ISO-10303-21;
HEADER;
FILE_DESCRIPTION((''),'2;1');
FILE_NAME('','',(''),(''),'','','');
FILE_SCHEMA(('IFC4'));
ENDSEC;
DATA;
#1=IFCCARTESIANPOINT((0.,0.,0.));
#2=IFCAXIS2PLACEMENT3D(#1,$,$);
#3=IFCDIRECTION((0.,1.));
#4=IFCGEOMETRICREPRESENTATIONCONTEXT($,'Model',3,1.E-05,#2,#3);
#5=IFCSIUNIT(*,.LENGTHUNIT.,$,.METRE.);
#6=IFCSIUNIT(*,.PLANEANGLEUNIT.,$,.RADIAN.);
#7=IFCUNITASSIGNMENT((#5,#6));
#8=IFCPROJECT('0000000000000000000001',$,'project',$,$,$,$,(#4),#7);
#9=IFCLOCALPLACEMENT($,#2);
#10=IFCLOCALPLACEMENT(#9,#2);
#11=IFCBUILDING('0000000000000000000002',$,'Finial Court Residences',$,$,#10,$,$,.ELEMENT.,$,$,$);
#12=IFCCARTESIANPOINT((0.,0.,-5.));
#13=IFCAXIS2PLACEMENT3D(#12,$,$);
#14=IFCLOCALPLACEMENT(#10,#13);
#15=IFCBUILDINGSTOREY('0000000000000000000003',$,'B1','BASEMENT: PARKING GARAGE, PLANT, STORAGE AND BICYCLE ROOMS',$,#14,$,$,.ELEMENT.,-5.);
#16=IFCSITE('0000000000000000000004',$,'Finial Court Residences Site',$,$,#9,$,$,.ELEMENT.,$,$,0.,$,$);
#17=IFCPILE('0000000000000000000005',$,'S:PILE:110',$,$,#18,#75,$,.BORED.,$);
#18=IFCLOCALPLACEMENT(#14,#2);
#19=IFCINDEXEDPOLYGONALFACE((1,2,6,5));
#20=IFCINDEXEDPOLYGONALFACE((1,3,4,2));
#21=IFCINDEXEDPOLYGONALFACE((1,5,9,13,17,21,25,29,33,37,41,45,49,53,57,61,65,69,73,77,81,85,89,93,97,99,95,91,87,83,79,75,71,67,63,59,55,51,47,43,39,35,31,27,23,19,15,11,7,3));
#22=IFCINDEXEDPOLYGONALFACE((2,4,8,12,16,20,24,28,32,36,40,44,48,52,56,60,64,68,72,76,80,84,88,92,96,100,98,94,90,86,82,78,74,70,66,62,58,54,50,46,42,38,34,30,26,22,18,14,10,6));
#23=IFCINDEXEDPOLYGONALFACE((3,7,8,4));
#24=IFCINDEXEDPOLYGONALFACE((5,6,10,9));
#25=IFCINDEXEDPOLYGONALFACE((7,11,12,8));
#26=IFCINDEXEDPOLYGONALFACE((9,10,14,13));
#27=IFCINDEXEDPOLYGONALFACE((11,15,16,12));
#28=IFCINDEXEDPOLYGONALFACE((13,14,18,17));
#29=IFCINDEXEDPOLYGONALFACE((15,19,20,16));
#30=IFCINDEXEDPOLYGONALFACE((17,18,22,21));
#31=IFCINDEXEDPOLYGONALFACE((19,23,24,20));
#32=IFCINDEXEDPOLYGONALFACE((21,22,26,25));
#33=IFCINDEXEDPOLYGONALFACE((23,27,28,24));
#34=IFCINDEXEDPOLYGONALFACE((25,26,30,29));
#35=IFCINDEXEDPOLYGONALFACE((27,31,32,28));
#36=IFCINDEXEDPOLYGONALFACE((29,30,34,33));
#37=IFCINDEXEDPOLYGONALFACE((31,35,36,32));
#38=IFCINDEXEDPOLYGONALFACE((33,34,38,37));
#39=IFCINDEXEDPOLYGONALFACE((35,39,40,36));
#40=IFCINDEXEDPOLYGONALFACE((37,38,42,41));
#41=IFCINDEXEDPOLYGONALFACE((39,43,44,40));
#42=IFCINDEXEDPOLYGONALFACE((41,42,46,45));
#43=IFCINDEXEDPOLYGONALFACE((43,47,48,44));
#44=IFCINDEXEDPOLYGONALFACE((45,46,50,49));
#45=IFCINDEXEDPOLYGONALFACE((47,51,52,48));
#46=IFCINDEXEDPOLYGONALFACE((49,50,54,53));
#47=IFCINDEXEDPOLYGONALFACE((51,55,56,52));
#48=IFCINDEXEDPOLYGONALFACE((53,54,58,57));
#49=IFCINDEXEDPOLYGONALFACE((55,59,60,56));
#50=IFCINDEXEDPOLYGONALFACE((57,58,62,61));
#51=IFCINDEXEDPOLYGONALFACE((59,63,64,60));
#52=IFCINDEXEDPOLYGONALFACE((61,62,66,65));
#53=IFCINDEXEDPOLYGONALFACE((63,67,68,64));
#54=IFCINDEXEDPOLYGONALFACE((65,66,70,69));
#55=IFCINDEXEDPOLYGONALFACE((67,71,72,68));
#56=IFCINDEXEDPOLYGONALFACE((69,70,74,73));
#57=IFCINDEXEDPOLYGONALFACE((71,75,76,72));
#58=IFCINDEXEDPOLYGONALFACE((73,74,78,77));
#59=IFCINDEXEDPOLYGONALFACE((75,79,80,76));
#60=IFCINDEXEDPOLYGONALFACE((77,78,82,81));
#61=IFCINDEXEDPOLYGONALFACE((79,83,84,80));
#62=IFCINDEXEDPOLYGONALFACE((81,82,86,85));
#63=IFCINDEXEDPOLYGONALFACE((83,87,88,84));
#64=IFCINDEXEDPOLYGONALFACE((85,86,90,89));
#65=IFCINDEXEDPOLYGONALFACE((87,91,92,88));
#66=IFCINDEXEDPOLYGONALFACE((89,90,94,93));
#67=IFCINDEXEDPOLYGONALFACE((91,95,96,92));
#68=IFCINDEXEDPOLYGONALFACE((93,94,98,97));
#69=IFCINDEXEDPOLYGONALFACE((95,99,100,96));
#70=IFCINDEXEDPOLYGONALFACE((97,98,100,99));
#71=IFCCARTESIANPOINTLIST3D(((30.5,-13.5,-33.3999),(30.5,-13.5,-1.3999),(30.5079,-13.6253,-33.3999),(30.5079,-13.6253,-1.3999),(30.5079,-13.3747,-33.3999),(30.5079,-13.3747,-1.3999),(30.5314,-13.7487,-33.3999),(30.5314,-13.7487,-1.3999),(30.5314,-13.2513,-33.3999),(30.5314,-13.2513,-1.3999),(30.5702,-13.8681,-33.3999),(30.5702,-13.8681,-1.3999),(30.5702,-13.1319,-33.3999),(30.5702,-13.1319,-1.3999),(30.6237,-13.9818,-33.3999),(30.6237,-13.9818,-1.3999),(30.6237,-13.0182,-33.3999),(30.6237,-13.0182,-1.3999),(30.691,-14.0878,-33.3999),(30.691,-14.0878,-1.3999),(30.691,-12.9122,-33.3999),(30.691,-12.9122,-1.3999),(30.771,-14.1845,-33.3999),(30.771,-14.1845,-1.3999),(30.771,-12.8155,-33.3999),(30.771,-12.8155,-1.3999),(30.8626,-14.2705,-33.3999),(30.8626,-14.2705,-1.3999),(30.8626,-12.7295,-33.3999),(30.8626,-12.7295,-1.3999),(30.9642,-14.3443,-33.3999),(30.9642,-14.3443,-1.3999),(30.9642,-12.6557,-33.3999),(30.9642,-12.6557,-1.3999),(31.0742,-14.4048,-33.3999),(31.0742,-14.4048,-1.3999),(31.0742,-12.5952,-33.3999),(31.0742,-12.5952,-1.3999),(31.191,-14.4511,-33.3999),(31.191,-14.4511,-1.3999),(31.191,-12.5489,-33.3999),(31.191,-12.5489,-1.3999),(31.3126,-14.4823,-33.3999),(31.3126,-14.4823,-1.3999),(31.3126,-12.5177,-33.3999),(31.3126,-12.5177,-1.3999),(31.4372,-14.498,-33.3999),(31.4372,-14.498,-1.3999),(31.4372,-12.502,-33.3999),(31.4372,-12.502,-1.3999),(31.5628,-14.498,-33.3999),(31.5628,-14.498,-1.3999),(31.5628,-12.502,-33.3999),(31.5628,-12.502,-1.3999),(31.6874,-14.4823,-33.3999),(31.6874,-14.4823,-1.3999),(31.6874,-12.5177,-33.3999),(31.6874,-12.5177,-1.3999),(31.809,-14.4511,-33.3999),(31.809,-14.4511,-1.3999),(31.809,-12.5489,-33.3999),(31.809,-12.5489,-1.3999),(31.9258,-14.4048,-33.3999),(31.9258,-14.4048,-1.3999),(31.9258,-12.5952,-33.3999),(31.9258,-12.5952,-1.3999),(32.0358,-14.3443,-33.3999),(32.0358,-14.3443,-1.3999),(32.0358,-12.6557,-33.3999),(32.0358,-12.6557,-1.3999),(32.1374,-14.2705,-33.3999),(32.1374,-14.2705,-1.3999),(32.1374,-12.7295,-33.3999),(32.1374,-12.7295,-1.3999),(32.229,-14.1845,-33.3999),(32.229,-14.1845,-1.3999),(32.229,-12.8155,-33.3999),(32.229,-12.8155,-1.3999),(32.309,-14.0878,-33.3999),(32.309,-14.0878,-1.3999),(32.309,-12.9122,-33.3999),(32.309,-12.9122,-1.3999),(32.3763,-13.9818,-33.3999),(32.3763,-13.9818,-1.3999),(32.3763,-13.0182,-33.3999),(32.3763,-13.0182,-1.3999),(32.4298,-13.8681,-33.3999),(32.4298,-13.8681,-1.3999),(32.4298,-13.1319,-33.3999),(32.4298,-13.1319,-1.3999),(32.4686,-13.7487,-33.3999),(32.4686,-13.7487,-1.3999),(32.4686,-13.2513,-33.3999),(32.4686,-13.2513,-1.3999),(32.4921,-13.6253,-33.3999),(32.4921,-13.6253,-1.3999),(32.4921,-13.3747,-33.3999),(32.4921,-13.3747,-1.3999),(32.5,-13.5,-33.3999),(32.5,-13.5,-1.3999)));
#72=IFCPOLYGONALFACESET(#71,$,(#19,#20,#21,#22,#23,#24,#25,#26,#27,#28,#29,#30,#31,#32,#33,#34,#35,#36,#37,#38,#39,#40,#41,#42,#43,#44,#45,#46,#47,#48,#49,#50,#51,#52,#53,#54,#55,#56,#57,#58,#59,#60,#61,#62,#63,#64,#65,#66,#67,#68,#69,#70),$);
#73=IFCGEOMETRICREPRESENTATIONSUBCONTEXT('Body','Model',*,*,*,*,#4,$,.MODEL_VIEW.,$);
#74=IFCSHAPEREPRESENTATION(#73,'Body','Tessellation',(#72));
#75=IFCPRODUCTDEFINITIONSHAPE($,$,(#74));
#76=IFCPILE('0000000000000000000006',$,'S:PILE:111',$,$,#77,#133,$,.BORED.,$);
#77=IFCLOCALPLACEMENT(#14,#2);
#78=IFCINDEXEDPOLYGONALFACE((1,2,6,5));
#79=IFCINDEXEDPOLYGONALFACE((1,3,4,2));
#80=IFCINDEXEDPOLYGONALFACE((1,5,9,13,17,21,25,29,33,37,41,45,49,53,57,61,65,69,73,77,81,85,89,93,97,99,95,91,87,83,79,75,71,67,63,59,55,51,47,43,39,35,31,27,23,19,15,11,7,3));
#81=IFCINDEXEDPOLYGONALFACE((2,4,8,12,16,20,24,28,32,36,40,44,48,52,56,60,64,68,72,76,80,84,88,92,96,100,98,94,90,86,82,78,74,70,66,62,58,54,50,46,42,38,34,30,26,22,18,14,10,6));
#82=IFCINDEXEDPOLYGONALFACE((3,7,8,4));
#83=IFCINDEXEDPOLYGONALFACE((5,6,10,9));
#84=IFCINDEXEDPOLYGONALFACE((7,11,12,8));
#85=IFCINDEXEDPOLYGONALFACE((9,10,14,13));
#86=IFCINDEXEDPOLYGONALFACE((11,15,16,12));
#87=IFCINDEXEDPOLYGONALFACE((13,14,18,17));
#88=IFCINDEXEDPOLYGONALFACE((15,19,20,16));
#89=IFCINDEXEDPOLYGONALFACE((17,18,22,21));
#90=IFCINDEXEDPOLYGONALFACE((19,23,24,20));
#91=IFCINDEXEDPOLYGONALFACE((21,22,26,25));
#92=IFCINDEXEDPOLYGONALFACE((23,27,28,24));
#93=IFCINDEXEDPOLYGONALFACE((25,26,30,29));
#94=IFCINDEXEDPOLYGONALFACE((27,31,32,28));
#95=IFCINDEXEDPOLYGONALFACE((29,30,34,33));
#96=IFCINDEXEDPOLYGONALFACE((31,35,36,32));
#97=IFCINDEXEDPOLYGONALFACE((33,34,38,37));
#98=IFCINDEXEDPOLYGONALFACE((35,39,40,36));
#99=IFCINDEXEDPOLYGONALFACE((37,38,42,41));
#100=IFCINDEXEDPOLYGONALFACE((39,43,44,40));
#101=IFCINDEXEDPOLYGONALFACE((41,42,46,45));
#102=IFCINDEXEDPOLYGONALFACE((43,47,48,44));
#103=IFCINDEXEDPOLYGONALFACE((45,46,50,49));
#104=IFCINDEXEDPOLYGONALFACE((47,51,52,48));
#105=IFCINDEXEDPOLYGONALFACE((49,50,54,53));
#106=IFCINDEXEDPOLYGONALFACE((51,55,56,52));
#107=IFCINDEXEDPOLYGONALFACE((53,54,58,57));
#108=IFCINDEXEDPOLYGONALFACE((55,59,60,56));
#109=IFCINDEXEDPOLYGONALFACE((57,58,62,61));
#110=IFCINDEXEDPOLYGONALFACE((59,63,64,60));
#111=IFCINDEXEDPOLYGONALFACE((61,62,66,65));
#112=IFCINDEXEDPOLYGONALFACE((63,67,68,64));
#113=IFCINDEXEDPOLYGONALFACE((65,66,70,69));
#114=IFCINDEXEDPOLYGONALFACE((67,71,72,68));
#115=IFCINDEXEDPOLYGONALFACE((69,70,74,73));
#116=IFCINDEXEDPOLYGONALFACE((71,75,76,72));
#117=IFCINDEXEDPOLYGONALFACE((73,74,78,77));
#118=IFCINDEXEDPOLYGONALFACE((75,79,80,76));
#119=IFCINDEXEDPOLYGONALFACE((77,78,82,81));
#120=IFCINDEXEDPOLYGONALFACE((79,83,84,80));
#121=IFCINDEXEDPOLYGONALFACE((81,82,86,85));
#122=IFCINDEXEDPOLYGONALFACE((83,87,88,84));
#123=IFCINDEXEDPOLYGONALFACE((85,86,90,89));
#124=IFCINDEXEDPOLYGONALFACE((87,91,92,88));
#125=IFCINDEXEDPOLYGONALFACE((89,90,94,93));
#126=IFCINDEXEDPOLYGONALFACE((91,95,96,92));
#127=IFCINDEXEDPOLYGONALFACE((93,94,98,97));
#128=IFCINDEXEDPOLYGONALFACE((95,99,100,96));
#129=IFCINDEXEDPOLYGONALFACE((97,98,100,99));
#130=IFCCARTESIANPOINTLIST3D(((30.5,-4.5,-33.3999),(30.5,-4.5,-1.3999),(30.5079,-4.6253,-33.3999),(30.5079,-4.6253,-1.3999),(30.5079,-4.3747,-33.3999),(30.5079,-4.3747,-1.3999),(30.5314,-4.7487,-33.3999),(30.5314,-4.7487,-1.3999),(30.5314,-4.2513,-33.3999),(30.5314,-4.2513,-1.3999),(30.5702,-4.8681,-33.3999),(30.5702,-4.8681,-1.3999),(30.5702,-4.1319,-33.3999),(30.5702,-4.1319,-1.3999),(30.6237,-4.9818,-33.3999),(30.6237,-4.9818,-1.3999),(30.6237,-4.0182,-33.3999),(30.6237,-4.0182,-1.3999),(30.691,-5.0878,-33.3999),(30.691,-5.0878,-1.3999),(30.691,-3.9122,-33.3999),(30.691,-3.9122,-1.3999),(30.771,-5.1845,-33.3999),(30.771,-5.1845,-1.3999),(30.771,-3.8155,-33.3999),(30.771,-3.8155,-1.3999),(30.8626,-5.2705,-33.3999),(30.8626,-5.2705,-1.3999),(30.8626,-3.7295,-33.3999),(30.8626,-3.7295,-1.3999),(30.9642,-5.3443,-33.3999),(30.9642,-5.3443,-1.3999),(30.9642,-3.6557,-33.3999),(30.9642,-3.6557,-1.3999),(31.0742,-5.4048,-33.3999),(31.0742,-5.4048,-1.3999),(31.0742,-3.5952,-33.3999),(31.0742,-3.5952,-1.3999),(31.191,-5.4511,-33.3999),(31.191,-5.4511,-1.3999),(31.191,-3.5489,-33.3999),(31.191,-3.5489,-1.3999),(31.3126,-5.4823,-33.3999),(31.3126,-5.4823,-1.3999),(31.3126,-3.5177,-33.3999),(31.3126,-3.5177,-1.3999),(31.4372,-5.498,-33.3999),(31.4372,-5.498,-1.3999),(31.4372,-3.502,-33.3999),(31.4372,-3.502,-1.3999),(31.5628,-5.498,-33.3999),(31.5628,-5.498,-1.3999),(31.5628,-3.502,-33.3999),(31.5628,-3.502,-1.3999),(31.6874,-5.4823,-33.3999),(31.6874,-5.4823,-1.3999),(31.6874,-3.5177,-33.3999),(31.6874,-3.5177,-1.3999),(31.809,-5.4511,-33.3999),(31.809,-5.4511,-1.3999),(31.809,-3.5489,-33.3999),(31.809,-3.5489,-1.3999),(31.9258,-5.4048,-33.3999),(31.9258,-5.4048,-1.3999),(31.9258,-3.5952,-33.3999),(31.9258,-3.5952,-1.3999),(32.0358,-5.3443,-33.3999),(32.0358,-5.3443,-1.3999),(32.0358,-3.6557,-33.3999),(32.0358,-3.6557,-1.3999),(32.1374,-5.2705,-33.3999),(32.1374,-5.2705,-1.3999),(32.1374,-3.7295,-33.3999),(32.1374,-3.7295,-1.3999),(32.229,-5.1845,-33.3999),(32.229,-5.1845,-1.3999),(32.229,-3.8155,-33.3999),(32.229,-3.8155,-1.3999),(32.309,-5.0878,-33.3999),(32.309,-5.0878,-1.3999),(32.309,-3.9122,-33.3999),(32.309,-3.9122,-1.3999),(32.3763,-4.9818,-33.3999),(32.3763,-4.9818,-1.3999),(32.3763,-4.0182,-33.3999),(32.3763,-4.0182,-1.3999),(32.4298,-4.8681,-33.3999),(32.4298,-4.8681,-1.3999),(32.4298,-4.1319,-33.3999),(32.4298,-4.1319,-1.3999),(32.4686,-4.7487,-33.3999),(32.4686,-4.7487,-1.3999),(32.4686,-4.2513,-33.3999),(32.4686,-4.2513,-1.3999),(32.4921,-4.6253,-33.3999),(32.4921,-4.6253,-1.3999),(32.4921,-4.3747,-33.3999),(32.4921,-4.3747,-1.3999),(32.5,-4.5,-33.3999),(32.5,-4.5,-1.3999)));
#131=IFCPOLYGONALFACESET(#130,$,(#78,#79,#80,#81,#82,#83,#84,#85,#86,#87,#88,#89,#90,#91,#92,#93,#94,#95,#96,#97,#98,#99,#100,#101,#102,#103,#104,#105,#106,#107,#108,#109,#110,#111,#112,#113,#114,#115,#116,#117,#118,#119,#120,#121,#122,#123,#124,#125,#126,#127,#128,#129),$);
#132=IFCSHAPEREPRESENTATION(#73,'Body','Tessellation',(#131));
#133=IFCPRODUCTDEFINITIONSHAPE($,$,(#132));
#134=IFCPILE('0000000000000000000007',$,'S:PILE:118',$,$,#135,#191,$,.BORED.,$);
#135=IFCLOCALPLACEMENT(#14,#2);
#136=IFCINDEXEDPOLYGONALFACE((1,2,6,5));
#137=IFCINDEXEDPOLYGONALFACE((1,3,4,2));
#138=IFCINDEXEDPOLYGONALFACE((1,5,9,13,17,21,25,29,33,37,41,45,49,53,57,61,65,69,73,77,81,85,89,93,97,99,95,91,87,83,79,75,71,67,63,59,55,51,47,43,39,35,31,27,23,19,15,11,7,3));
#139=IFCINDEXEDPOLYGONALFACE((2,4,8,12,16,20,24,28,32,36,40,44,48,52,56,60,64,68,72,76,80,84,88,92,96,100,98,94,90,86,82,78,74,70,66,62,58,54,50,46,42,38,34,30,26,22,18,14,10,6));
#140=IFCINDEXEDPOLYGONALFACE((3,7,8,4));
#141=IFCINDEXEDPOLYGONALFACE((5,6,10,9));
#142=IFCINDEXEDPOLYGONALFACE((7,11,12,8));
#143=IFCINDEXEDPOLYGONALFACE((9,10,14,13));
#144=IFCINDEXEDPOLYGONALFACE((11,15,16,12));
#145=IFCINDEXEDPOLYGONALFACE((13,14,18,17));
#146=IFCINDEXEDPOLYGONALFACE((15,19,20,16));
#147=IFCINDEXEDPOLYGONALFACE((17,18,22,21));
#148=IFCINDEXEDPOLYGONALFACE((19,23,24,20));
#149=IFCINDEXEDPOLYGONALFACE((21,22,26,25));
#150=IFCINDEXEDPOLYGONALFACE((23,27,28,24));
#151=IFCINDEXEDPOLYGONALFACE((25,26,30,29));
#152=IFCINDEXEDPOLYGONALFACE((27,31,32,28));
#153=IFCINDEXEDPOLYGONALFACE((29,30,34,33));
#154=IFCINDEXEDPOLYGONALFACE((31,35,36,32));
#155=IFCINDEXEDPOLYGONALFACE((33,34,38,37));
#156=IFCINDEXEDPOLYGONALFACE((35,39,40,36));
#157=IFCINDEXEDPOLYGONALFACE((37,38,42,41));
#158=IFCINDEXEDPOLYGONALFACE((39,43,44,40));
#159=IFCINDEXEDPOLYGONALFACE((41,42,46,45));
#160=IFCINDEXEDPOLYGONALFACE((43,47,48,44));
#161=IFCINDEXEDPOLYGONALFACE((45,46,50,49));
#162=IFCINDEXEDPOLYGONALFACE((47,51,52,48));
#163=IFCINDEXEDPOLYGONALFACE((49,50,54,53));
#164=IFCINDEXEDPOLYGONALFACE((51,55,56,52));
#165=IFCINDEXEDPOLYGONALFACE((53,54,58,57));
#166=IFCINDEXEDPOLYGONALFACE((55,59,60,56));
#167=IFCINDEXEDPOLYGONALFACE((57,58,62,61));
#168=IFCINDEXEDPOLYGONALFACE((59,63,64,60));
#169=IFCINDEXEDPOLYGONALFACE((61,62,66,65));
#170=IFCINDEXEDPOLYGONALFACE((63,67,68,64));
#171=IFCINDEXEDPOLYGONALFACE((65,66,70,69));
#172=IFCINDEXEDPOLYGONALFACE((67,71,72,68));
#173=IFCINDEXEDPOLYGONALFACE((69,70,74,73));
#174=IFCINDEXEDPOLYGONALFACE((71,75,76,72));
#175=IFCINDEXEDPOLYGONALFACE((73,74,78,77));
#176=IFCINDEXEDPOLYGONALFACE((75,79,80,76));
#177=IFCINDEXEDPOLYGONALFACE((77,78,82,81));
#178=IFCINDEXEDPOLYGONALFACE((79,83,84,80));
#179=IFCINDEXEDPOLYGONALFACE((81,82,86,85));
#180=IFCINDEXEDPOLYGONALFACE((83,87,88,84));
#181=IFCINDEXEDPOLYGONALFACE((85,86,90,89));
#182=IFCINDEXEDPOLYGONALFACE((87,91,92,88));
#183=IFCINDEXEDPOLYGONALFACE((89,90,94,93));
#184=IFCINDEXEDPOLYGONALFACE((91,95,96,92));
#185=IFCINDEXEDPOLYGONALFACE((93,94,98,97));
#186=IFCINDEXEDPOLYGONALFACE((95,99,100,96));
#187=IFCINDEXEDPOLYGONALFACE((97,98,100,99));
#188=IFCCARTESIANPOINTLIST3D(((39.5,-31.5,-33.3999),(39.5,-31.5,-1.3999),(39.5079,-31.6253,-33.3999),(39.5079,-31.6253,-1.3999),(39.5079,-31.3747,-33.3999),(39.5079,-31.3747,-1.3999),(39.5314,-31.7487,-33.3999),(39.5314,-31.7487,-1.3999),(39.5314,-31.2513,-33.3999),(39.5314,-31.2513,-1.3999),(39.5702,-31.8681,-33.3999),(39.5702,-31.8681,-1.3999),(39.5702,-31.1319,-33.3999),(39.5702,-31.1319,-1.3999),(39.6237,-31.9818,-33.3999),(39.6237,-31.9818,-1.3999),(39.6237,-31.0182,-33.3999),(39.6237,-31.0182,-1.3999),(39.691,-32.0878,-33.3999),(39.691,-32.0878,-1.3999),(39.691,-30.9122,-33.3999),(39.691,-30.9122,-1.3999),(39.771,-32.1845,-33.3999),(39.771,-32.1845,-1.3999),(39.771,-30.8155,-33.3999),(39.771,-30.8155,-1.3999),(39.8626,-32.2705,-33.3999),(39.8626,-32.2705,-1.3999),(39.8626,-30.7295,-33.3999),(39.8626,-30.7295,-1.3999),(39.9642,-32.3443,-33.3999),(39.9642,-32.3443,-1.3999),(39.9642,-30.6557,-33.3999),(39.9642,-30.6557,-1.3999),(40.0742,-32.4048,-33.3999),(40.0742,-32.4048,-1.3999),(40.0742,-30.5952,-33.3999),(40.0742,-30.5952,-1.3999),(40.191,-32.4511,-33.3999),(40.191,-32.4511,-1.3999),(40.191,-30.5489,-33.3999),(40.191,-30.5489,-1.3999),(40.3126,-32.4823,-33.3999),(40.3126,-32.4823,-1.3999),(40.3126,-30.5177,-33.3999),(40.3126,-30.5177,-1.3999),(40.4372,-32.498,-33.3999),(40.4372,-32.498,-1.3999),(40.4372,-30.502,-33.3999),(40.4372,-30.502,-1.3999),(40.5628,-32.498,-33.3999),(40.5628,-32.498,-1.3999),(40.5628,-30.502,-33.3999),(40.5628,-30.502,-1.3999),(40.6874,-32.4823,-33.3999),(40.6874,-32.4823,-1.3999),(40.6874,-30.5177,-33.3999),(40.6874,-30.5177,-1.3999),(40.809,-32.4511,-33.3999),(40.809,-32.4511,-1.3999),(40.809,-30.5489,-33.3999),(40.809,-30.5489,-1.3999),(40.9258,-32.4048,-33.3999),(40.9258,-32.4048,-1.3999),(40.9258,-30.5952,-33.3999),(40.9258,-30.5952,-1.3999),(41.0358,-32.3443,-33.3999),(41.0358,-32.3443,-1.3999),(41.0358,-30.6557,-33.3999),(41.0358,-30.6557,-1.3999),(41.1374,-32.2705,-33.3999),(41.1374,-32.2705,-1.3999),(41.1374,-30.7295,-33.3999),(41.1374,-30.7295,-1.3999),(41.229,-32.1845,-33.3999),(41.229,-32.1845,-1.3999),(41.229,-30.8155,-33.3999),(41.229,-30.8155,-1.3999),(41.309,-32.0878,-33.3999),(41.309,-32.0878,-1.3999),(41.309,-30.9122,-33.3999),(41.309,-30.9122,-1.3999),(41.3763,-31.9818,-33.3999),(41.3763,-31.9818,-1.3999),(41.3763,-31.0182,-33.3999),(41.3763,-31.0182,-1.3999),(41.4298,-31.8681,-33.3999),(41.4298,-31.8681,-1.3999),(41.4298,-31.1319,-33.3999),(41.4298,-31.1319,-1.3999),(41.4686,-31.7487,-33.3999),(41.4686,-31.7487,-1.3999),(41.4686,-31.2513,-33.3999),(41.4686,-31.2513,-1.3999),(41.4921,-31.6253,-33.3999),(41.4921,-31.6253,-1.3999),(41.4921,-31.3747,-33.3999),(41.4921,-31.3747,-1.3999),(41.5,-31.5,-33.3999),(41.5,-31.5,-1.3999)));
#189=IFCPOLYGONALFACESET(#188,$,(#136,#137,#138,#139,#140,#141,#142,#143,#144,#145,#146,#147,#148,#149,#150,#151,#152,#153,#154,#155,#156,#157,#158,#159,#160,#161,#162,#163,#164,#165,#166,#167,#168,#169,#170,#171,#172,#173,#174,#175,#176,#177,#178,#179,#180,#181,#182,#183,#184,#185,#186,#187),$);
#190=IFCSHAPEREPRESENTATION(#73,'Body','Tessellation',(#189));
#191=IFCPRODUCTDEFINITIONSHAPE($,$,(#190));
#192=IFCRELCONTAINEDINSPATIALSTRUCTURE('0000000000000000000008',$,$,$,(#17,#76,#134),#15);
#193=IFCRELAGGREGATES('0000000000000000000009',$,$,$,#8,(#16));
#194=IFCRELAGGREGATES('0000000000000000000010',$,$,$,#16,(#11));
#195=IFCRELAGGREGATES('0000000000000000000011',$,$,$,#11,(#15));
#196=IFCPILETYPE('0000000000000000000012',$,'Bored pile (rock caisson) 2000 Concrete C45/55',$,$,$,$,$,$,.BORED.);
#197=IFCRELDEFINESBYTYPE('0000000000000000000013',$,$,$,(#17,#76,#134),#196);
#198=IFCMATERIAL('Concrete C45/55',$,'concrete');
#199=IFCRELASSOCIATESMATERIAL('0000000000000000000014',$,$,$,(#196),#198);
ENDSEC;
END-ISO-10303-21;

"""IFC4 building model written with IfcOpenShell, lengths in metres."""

from ifc_helpers import new_model, si_unit, direction, frame, origin, origin_2d, place, context, subcontext, project, spatial, circle, extrude, material, material_profile, profile_set, type_object, element, save


model = new_model("IFC4")

# Units and contexts
model_context = context("Model", 3, precision=1e-05, world=origin(), true_north=direction((0.0, 1.0)))
body_context = subcontext(model_context, "Body", "Model", "MODEL_VIEW")
ifc_project = project(units=[si_unit("LENGTHUNIT", "METRE"), si_unit("PLANEANGLEUNIT", "RADIAN")], contexts=[model_context])

# Site, building, storey
site_placement = place(None, origin())
site = spatial("IfcSite", under=ifc_project, at=site_placement, Name="Finial Court Residences Site", CompositionType="ELEMENT", RefElevation=0.0)
building_placement = place(site_placement, origin())
building = spatial("IfcBuilding", under=site, at=building_placement, Name="Finial Court Residences", CompositionType="ELEMENT")
storey_placement = place(building_placement, frame((0.0, 0.0, -5.0)))
storey = spatial("IfcBuildingStorey", under=building, at=storey_placement, Name="B1", Description="BASEMENT: PARKING GARAGE, PLANT, STORAGE AND BICYCLE ROOMS", CompositionType="ELEMENT", Elevation=-5.0)

# Piles
ifc_material_1 = material(Name="Concrete C45/55", Category="concrete")
ifc_material_profile_1 = material_profile(ifc_material_1, circle(Radius=1.0, at=origin_2d()), Name="D2000")
ifc_profile_set_1 = profile_set([ifc_material_profile_1], Name="Concrete C45/55")
pile_type = type_object("IfcPileType", Name="Bored pile (rock caisson) 2000 Concrete C45/55", PredefinedType="BORED", material=ifc_profile_set_1)
for number, where, z_axis, x_axis, name in (
    (1, (31.5, -13.5, -1.3999), (0.0, 0.0, -1.0), (1.0, 0.0, 0.0), "S:PILE:110"),
    (2, (31.5, -4.5, -1.3999), (0.0, 0.0, -1.0), (1.0, 0.0, 0.0), "S:PILE:111"),
    (3, (40.5, -31.5, -1.3999), (0.0, 0.0, -1.0), (1.0, 0.0, 0.0), "S:PILE:118"),
):
    element("IfcPile", number, at=place(storey_placement, frame(where, z_axis=z_axis, x_axis=x_axis)), inside=storey, type_object=pile_type, Name=name, PredefinedType="BORED", context=body_context, shape_type="SweptSolid", body=[
        extrude(circle(Radius=1.0, at=origin_2d()), origin(), (0.0, 0.0, 1.0), 32.0),
    ])

save(model, "model.ifc")
